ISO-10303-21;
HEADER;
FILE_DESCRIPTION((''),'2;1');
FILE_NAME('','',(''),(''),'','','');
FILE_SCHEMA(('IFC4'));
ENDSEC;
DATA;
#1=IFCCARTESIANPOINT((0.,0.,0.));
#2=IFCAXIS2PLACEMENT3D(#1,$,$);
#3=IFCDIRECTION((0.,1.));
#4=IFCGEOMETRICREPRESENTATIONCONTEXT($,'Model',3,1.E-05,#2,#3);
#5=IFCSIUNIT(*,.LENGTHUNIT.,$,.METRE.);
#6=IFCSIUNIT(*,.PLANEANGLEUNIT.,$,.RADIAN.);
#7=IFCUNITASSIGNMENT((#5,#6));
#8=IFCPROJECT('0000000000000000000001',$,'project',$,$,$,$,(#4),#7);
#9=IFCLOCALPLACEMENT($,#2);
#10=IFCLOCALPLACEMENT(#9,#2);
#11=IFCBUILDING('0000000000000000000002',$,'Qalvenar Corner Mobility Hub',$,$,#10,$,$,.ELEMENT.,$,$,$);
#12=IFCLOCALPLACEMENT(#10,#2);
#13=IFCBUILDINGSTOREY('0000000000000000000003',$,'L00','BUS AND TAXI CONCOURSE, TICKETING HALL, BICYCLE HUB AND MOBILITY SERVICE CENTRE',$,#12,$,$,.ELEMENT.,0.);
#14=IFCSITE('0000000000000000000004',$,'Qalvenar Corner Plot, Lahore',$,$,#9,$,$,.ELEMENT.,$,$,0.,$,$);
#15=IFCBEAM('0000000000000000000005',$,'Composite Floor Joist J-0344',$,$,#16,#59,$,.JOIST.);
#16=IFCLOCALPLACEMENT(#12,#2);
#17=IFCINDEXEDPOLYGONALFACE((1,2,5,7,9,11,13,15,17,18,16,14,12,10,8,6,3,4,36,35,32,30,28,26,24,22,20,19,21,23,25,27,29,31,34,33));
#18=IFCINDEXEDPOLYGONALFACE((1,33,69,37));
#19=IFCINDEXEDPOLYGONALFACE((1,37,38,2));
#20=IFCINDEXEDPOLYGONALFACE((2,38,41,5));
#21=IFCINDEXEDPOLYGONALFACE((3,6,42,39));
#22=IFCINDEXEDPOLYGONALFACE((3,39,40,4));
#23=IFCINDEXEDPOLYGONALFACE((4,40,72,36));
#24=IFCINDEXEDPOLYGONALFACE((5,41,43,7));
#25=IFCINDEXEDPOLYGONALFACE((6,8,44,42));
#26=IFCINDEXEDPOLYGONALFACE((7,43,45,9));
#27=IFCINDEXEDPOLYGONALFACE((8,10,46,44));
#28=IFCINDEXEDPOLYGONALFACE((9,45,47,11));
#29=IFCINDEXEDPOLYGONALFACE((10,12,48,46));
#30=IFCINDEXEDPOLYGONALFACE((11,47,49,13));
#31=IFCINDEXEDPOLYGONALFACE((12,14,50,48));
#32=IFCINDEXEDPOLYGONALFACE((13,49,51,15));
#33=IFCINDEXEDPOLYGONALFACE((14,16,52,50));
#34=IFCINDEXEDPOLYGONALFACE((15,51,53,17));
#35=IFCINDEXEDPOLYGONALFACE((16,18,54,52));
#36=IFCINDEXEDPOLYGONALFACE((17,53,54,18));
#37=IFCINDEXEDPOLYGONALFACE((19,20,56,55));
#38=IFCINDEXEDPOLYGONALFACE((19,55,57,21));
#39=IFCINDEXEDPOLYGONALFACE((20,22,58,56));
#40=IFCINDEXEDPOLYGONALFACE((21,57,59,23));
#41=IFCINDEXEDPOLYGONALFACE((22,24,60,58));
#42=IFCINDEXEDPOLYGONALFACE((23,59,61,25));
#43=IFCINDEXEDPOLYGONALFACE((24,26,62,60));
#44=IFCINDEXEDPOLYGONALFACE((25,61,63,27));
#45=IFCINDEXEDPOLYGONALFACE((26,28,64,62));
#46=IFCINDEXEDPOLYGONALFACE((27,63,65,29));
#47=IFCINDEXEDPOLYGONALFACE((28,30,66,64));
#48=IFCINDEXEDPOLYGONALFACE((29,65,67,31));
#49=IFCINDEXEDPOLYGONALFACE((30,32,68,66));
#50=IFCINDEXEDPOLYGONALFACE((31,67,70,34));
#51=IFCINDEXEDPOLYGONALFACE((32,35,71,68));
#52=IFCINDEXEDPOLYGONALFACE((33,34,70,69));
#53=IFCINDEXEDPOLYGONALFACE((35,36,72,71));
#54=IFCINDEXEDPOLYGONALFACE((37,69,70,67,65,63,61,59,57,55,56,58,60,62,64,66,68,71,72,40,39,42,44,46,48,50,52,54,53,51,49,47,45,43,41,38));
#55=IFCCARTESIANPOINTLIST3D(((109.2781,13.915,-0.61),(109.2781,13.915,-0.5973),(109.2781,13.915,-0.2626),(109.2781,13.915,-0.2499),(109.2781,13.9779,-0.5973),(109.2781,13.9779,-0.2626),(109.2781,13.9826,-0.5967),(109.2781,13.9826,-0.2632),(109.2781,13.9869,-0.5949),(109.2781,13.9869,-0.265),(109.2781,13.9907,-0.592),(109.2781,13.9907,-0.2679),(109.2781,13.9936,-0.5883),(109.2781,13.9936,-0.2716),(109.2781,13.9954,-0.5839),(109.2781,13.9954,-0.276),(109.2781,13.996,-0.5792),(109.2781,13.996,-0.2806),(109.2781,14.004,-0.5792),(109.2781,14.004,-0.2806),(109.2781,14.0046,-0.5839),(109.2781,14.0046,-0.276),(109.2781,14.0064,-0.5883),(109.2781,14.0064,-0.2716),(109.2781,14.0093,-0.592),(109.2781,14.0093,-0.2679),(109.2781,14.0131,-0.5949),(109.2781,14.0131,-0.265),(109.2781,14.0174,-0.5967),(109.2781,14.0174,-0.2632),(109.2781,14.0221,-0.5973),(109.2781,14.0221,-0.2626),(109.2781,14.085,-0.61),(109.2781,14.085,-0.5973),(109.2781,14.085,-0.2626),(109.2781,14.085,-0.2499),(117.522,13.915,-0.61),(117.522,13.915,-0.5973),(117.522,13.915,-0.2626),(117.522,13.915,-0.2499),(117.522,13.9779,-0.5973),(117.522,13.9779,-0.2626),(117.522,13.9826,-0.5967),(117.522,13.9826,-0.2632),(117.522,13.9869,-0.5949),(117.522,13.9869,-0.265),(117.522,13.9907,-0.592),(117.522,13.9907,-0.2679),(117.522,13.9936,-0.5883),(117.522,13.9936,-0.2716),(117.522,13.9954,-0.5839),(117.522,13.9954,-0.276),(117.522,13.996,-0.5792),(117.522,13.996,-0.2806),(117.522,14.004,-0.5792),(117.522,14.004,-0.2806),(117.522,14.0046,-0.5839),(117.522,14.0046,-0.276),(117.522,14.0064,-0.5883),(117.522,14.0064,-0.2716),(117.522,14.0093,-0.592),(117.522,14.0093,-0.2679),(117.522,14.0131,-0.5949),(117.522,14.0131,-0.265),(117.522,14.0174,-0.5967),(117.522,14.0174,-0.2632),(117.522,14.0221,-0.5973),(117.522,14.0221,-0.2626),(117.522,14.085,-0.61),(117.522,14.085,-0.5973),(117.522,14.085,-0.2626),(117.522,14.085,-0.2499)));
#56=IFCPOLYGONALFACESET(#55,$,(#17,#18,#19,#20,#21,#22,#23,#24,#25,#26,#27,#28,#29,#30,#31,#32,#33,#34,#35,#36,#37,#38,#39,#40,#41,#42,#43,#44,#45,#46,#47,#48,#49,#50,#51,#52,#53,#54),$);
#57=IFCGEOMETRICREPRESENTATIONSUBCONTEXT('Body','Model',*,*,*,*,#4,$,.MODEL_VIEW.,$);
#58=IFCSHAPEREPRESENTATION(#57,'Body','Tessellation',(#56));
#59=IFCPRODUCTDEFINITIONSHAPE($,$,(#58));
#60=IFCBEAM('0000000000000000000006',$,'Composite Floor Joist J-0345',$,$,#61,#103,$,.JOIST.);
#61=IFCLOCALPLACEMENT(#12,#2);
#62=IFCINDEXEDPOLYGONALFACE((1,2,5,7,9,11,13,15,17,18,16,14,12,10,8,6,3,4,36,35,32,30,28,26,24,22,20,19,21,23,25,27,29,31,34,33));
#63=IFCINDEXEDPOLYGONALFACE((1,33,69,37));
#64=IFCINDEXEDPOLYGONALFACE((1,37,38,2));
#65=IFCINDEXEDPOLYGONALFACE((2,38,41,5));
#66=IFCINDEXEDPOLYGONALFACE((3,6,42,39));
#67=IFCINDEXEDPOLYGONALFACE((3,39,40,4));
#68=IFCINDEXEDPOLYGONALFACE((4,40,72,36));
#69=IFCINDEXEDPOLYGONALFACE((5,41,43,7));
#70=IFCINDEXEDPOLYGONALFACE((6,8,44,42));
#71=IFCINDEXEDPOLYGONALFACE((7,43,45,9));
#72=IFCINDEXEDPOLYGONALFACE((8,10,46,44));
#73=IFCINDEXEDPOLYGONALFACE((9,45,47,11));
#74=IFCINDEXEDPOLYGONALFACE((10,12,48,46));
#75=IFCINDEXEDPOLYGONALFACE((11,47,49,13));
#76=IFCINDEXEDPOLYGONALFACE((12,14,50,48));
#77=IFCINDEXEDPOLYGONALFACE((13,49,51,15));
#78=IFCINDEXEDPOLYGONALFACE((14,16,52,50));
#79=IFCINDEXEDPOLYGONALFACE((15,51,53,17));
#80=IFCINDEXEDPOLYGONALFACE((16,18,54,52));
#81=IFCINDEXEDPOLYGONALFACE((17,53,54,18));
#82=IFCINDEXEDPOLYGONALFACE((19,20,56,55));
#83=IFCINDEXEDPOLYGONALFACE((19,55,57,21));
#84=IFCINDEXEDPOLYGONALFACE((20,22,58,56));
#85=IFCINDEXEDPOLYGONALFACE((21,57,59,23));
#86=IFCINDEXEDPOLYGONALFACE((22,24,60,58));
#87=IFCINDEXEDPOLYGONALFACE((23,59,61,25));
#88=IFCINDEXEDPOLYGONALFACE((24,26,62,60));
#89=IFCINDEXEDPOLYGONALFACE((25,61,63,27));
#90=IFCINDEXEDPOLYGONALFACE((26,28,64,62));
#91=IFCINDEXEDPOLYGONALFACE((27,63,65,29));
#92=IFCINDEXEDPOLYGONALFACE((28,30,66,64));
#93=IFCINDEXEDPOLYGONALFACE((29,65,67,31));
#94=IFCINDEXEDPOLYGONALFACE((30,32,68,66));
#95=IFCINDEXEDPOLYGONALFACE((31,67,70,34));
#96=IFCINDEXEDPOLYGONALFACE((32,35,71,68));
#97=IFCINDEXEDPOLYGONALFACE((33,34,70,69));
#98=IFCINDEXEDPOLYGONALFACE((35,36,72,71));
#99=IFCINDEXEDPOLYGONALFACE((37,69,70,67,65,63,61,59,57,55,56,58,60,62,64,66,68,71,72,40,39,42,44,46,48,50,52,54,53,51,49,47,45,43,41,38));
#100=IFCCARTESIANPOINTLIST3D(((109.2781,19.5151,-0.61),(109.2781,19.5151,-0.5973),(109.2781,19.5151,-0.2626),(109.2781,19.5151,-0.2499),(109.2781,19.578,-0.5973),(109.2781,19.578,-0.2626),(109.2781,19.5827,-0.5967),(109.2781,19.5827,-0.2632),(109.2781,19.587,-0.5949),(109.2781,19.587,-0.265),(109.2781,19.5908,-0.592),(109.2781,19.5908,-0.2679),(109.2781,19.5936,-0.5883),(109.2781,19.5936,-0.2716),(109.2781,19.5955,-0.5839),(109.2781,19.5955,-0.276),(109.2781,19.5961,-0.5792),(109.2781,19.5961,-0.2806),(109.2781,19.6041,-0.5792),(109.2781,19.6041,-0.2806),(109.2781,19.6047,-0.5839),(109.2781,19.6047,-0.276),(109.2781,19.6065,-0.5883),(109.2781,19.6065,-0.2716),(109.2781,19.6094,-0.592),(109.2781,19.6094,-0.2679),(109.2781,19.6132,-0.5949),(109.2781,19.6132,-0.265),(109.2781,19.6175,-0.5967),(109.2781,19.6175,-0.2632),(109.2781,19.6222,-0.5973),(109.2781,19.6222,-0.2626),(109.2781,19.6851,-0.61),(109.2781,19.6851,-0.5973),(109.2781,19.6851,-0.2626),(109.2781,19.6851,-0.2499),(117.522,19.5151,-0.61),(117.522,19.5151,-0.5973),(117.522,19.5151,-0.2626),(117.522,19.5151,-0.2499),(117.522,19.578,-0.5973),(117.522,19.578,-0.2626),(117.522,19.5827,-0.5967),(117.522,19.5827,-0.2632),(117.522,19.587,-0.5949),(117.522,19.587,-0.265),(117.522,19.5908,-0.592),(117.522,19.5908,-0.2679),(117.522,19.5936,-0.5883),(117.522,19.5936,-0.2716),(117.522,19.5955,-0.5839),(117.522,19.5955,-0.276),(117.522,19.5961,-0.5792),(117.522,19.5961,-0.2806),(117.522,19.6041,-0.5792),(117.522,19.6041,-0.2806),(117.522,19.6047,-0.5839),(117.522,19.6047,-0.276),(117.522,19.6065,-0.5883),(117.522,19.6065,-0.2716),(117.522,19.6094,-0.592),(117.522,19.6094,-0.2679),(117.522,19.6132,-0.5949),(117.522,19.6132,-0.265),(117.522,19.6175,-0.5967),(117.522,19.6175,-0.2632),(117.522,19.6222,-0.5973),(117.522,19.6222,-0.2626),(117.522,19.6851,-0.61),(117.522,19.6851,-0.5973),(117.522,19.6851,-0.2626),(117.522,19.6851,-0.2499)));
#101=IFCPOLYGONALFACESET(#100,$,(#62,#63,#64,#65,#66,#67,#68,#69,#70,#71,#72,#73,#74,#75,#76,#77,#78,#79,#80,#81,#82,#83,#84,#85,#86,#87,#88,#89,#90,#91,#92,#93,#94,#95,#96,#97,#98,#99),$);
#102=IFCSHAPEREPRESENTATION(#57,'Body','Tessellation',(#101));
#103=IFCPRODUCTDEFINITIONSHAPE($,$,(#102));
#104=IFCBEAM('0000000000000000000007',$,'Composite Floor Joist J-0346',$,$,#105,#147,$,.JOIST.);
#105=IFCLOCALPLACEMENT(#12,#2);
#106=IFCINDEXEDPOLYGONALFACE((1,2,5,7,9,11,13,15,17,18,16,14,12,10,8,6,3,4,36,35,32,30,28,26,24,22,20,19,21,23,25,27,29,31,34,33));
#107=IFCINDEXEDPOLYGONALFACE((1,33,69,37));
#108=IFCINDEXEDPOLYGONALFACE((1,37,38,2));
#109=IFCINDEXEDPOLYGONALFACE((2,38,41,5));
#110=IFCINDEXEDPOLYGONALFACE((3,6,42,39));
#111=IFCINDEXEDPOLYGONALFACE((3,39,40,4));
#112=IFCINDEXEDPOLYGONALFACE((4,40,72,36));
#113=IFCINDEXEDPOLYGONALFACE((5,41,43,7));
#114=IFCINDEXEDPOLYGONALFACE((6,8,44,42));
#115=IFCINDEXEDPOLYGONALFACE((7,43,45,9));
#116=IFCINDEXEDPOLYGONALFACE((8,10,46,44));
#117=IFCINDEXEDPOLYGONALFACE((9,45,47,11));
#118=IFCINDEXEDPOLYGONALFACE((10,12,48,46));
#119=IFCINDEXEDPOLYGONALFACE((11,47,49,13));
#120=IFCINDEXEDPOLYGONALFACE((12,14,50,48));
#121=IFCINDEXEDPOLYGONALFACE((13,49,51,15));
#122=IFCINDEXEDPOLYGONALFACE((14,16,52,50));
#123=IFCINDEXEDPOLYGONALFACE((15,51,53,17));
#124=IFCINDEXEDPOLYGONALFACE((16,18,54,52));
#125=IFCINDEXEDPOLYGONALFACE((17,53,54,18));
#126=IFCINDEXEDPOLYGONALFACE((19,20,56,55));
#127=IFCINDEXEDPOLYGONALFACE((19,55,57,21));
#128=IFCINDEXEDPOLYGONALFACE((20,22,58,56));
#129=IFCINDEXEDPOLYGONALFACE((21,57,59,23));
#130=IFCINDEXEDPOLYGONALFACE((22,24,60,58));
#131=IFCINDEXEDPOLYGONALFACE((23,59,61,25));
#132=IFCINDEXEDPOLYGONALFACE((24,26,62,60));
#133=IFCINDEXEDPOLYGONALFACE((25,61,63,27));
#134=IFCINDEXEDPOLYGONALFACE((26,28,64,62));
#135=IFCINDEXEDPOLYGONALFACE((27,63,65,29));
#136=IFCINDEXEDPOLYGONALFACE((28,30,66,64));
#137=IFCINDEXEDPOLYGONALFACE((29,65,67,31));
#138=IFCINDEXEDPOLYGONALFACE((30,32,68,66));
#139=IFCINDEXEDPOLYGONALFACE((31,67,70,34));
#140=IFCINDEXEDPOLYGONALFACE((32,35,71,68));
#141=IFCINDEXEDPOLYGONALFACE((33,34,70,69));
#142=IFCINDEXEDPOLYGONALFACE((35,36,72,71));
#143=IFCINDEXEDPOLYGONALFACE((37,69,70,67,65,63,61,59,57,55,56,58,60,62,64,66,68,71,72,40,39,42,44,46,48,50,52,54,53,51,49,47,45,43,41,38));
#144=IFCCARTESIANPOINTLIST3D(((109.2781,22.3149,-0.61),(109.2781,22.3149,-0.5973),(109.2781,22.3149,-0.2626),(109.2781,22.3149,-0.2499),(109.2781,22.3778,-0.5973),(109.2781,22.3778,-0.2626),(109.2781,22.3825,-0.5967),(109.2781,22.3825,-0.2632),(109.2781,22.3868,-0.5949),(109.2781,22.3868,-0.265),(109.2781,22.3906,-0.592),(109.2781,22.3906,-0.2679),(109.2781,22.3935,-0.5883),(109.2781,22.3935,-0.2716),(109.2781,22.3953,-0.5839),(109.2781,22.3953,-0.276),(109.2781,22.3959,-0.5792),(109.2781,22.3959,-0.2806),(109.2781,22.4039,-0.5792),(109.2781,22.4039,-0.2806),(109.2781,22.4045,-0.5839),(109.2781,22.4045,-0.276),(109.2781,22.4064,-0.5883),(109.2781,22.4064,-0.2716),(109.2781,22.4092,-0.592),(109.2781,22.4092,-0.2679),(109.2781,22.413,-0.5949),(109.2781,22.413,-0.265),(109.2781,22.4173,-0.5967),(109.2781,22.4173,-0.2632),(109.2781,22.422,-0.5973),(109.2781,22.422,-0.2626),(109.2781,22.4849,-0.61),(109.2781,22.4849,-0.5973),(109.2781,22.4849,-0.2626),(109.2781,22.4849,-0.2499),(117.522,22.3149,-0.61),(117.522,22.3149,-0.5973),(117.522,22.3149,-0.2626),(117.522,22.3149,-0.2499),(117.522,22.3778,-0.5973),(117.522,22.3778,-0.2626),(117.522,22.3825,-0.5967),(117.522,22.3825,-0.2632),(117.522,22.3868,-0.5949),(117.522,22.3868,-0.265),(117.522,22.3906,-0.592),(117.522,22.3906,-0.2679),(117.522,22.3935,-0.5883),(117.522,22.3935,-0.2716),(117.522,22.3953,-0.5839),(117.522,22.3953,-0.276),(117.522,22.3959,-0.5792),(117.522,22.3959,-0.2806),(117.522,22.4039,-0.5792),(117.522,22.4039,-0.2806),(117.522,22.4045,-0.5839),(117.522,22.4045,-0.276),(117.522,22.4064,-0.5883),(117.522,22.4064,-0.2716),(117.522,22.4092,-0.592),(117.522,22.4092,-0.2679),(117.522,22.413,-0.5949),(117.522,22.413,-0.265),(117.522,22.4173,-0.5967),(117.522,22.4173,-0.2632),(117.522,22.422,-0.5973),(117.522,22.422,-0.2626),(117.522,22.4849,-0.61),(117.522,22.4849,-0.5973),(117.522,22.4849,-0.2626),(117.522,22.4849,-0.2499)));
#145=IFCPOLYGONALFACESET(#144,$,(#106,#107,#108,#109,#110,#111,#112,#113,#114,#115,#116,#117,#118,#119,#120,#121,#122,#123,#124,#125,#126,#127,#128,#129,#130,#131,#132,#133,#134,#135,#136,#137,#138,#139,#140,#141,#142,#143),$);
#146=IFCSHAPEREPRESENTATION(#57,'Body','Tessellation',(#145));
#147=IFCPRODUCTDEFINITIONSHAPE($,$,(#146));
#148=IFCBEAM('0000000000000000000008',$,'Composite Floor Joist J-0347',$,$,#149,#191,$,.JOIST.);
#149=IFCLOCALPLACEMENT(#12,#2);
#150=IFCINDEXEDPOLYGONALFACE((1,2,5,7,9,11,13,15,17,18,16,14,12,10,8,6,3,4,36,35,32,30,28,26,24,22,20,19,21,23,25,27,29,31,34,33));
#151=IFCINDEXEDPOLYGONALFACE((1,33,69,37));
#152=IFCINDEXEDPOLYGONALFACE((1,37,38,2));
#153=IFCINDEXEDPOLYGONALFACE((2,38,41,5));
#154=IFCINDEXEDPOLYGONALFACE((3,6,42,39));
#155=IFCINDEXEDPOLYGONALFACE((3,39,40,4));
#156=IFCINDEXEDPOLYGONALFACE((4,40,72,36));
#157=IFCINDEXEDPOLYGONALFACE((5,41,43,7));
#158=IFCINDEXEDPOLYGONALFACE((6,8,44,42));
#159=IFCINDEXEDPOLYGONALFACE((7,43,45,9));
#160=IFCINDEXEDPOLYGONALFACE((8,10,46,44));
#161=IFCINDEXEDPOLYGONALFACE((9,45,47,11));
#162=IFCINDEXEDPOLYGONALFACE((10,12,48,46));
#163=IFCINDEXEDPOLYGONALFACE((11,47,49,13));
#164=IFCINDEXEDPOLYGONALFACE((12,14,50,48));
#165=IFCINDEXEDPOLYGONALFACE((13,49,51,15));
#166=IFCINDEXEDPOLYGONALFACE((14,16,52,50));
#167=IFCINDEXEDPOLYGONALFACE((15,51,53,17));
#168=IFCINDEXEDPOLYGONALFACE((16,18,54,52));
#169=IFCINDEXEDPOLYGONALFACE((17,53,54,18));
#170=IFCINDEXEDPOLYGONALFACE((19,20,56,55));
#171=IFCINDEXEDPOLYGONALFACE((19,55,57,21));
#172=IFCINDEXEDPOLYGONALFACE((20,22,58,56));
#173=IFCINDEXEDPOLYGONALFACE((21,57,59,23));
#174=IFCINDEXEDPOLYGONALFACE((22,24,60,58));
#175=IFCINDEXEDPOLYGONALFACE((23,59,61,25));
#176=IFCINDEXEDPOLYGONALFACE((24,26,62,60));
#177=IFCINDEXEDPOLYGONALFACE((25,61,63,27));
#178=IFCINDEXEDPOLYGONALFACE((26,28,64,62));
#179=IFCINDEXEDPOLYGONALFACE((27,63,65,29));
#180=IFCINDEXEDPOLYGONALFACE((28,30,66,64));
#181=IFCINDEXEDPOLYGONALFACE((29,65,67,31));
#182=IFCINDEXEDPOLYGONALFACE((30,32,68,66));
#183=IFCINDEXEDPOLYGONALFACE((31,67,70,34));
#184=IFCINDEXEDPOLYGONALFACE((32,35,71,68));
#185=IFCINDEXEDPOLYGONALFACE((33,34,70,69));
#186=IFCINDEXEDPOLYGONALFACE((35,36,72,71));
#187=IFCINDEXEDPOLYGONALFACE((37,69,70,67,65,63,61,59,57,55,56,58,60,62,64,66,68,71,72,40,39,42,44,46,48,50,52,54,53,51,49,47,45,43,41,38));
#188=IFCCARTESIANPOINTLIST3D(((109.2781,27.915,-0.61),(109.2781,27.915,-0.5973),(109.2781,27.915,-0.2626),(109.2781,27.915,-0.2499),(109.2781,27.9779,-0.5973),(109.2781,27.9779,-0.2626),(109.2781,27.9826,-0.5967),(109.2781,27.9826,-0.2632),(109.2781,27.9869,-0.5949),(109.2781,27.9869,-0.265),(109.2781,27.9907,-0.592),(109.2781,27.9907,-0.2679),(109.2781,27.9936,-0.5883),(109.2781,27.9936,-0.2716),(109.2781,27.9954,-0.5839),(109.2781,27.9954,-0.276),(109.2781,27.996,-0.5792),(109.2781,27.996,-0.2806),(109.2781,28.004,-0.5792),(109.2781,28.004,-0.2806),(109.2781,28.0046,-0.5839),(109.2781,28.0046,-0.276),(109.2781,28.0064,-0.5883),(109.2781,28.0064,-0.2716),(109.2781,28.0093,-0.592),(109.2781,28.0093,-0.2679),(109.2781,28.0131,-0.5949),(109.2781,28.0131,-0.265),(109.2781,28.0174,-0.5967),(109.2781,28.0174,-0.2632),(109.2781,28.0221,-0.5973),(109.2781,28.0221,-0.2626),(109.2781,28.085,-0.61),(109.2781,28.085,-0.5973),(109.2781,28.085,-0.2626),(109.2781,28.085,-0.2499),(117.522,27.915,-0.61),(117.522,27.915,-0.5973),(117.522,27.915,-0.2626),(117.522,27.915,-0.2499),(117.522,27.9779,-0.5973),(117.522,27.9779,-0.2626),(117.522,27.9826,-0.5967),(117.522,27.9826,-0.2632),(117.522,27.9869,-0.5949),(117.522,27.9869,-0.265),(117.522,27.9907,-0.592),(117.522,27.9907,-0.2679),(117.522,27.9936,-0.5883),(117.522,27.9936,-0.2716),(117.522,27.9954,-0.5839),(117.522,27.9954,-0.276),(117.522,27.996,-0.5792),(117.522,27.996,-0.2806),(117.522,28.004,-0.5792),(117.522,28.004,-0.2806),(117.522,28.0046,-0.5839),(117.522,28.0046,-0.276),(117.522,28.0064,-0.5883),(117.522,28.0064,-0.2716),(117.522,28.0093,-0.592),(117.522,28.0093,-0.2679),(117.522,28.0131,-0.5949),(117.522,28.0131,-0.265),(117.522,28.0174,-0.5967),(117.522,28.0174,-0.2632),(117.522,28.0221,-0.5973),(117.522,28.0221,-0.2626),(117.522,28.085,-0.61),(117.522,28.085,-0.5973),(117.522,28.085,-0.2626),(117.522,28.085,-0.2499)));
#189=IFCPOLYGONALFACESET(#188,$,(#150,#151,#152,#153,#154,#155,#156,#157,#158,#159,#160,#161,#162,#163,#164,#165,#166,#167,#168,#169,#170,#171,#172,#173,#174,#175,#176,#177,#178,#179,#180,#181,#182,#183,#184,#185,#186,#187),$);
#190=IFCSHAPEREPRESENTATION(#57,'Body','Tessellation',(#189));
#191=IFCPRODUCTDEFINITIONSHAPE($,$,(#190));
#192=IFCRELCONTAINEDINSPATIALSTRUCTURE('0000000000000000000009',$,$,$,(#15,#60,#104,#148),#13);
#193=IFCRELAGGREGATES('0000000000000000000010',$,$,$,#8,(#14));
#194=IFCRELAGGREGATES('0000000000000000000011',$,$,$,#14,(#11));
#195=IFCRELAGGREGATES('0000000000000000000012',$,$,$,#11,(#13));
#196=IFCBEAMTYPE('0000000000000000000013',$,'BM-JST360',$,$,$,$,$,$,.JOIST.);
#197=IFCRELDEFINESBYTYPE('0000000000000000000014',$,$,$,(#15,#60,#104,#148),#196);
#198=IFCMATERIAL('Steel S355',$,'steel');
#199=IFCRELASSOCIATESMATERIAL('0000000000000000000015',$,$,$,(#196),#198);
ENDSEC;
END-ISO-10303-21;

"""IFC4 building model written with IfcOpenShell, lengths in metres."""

from ifc_helpers import new_model, si_unit, direction, frame, origin, origin_2d, place, context, subcontext, project, spatial, i_section, extrude, material, material_profile, profile_set, type_object, element, save


model = new_model("IFC4")

# Units and contexts
model_context = context("Model", 3, precision=1e-05, world=origin(), true_north=direction((0.0, 1.0)))
body_context = subcontext(model_context, "Body", "Model", "MODEL_VIEW")
ifc_project = project(units=[si_unit("LENGTHUNIT", "METRE"), si_unit("PLANEANGLEUNIT", "RADIAN")], contexts=[model_context])

# Site, building, storey
site_placement = place(None, origin())
site = spatial("IfcSite", under=ifc_project, at=site_placement, Name="Qalvenar Corner Plot, Lahore", CompositionType="ELEMENT", RefElevation=0.0)
building_placement = place(site_placement, origin())
building = spatial("IfcBuilding", under=site, at=building_placement, Name="Qalvenar Corner Mobility Hub", CompositionType="ELEMENT")
storey_placement = place(building_placement, origin())
storey = spatial("IfcBuildingStorey", under=building, at=storey_placement, Name="L00", Description="BUS AND TAXI CONCOURSE, TICKETING HALL, BICYCLE HUB AND MOBILITY SERVICE CENTRE", CompositionType="ELEMENT", Elevation=0.0)

# Shared definitions
ifc_material_1 = material(Name="Steel S355", Category="steel")

# Beams
ifc_material_profile_1 = material_profile(ifc_material_1, i_section(OverallWidth=0.1699, OverallDepth=0.3601, WebThickness=0.0081, FlangeThickness=0.0127, FilletRadius=0.0181, at=origin_2d()), Name="IPE360")
ifc_profile_set_1 = profile_set([ifc_material_profile_1], Name="Steel S355")
beam_type_1 = type_object("IfcBeamType", Name="BM-JST360", PredefinedType="JOIST", material=ifc_profile_set_1)
for number, where, z_axis, x_axis, name in (
    (1, (109.2781, 14.0, -0.4299), (1.0, 0.0, 0.0), (0.0, 1.0, 0.0), "Composite Floor Joist J-0344"),
    (2, (109.2781, 19.6001, -0.4299), (1.0, 0.0, 0.0), (0.0, 1.0, 0.0), "Composite Floor Joist J-0345"),
    (3, (109.2781, 22.3999, -0.4299), (1.0, 0.0, 0.0), (0.0, 1.0, 0.0), "Composite Floor Joist J-0346"),
    (4, (109.2781, 28.0, -0.4299), (1.0, 0.0, 0.0), (0.0, 1.0, 0.0), "Composite Floor Joist J-0347"),
):
    element("IfcBeam", number, at=place(storey_placement, frame(where, z_axis=z_axis, x_axis=x_axis)), inside=storey, type_object=beam_type_1, Name=name, PredefinedType="JOIST", context=body_context, shape_type="SweptSolid", body=[
        extrude(i_section(OverallWidth=0.1699, OverallDepth=0.3601, WebThickness=0.0081, FlangeThickness=0.0127, FilletRadius=0.0181, at=origin_2d()), origin(), (0.0, 0.0, 1.0), 8.2439),
    ])

save(model, "model.ifc")
